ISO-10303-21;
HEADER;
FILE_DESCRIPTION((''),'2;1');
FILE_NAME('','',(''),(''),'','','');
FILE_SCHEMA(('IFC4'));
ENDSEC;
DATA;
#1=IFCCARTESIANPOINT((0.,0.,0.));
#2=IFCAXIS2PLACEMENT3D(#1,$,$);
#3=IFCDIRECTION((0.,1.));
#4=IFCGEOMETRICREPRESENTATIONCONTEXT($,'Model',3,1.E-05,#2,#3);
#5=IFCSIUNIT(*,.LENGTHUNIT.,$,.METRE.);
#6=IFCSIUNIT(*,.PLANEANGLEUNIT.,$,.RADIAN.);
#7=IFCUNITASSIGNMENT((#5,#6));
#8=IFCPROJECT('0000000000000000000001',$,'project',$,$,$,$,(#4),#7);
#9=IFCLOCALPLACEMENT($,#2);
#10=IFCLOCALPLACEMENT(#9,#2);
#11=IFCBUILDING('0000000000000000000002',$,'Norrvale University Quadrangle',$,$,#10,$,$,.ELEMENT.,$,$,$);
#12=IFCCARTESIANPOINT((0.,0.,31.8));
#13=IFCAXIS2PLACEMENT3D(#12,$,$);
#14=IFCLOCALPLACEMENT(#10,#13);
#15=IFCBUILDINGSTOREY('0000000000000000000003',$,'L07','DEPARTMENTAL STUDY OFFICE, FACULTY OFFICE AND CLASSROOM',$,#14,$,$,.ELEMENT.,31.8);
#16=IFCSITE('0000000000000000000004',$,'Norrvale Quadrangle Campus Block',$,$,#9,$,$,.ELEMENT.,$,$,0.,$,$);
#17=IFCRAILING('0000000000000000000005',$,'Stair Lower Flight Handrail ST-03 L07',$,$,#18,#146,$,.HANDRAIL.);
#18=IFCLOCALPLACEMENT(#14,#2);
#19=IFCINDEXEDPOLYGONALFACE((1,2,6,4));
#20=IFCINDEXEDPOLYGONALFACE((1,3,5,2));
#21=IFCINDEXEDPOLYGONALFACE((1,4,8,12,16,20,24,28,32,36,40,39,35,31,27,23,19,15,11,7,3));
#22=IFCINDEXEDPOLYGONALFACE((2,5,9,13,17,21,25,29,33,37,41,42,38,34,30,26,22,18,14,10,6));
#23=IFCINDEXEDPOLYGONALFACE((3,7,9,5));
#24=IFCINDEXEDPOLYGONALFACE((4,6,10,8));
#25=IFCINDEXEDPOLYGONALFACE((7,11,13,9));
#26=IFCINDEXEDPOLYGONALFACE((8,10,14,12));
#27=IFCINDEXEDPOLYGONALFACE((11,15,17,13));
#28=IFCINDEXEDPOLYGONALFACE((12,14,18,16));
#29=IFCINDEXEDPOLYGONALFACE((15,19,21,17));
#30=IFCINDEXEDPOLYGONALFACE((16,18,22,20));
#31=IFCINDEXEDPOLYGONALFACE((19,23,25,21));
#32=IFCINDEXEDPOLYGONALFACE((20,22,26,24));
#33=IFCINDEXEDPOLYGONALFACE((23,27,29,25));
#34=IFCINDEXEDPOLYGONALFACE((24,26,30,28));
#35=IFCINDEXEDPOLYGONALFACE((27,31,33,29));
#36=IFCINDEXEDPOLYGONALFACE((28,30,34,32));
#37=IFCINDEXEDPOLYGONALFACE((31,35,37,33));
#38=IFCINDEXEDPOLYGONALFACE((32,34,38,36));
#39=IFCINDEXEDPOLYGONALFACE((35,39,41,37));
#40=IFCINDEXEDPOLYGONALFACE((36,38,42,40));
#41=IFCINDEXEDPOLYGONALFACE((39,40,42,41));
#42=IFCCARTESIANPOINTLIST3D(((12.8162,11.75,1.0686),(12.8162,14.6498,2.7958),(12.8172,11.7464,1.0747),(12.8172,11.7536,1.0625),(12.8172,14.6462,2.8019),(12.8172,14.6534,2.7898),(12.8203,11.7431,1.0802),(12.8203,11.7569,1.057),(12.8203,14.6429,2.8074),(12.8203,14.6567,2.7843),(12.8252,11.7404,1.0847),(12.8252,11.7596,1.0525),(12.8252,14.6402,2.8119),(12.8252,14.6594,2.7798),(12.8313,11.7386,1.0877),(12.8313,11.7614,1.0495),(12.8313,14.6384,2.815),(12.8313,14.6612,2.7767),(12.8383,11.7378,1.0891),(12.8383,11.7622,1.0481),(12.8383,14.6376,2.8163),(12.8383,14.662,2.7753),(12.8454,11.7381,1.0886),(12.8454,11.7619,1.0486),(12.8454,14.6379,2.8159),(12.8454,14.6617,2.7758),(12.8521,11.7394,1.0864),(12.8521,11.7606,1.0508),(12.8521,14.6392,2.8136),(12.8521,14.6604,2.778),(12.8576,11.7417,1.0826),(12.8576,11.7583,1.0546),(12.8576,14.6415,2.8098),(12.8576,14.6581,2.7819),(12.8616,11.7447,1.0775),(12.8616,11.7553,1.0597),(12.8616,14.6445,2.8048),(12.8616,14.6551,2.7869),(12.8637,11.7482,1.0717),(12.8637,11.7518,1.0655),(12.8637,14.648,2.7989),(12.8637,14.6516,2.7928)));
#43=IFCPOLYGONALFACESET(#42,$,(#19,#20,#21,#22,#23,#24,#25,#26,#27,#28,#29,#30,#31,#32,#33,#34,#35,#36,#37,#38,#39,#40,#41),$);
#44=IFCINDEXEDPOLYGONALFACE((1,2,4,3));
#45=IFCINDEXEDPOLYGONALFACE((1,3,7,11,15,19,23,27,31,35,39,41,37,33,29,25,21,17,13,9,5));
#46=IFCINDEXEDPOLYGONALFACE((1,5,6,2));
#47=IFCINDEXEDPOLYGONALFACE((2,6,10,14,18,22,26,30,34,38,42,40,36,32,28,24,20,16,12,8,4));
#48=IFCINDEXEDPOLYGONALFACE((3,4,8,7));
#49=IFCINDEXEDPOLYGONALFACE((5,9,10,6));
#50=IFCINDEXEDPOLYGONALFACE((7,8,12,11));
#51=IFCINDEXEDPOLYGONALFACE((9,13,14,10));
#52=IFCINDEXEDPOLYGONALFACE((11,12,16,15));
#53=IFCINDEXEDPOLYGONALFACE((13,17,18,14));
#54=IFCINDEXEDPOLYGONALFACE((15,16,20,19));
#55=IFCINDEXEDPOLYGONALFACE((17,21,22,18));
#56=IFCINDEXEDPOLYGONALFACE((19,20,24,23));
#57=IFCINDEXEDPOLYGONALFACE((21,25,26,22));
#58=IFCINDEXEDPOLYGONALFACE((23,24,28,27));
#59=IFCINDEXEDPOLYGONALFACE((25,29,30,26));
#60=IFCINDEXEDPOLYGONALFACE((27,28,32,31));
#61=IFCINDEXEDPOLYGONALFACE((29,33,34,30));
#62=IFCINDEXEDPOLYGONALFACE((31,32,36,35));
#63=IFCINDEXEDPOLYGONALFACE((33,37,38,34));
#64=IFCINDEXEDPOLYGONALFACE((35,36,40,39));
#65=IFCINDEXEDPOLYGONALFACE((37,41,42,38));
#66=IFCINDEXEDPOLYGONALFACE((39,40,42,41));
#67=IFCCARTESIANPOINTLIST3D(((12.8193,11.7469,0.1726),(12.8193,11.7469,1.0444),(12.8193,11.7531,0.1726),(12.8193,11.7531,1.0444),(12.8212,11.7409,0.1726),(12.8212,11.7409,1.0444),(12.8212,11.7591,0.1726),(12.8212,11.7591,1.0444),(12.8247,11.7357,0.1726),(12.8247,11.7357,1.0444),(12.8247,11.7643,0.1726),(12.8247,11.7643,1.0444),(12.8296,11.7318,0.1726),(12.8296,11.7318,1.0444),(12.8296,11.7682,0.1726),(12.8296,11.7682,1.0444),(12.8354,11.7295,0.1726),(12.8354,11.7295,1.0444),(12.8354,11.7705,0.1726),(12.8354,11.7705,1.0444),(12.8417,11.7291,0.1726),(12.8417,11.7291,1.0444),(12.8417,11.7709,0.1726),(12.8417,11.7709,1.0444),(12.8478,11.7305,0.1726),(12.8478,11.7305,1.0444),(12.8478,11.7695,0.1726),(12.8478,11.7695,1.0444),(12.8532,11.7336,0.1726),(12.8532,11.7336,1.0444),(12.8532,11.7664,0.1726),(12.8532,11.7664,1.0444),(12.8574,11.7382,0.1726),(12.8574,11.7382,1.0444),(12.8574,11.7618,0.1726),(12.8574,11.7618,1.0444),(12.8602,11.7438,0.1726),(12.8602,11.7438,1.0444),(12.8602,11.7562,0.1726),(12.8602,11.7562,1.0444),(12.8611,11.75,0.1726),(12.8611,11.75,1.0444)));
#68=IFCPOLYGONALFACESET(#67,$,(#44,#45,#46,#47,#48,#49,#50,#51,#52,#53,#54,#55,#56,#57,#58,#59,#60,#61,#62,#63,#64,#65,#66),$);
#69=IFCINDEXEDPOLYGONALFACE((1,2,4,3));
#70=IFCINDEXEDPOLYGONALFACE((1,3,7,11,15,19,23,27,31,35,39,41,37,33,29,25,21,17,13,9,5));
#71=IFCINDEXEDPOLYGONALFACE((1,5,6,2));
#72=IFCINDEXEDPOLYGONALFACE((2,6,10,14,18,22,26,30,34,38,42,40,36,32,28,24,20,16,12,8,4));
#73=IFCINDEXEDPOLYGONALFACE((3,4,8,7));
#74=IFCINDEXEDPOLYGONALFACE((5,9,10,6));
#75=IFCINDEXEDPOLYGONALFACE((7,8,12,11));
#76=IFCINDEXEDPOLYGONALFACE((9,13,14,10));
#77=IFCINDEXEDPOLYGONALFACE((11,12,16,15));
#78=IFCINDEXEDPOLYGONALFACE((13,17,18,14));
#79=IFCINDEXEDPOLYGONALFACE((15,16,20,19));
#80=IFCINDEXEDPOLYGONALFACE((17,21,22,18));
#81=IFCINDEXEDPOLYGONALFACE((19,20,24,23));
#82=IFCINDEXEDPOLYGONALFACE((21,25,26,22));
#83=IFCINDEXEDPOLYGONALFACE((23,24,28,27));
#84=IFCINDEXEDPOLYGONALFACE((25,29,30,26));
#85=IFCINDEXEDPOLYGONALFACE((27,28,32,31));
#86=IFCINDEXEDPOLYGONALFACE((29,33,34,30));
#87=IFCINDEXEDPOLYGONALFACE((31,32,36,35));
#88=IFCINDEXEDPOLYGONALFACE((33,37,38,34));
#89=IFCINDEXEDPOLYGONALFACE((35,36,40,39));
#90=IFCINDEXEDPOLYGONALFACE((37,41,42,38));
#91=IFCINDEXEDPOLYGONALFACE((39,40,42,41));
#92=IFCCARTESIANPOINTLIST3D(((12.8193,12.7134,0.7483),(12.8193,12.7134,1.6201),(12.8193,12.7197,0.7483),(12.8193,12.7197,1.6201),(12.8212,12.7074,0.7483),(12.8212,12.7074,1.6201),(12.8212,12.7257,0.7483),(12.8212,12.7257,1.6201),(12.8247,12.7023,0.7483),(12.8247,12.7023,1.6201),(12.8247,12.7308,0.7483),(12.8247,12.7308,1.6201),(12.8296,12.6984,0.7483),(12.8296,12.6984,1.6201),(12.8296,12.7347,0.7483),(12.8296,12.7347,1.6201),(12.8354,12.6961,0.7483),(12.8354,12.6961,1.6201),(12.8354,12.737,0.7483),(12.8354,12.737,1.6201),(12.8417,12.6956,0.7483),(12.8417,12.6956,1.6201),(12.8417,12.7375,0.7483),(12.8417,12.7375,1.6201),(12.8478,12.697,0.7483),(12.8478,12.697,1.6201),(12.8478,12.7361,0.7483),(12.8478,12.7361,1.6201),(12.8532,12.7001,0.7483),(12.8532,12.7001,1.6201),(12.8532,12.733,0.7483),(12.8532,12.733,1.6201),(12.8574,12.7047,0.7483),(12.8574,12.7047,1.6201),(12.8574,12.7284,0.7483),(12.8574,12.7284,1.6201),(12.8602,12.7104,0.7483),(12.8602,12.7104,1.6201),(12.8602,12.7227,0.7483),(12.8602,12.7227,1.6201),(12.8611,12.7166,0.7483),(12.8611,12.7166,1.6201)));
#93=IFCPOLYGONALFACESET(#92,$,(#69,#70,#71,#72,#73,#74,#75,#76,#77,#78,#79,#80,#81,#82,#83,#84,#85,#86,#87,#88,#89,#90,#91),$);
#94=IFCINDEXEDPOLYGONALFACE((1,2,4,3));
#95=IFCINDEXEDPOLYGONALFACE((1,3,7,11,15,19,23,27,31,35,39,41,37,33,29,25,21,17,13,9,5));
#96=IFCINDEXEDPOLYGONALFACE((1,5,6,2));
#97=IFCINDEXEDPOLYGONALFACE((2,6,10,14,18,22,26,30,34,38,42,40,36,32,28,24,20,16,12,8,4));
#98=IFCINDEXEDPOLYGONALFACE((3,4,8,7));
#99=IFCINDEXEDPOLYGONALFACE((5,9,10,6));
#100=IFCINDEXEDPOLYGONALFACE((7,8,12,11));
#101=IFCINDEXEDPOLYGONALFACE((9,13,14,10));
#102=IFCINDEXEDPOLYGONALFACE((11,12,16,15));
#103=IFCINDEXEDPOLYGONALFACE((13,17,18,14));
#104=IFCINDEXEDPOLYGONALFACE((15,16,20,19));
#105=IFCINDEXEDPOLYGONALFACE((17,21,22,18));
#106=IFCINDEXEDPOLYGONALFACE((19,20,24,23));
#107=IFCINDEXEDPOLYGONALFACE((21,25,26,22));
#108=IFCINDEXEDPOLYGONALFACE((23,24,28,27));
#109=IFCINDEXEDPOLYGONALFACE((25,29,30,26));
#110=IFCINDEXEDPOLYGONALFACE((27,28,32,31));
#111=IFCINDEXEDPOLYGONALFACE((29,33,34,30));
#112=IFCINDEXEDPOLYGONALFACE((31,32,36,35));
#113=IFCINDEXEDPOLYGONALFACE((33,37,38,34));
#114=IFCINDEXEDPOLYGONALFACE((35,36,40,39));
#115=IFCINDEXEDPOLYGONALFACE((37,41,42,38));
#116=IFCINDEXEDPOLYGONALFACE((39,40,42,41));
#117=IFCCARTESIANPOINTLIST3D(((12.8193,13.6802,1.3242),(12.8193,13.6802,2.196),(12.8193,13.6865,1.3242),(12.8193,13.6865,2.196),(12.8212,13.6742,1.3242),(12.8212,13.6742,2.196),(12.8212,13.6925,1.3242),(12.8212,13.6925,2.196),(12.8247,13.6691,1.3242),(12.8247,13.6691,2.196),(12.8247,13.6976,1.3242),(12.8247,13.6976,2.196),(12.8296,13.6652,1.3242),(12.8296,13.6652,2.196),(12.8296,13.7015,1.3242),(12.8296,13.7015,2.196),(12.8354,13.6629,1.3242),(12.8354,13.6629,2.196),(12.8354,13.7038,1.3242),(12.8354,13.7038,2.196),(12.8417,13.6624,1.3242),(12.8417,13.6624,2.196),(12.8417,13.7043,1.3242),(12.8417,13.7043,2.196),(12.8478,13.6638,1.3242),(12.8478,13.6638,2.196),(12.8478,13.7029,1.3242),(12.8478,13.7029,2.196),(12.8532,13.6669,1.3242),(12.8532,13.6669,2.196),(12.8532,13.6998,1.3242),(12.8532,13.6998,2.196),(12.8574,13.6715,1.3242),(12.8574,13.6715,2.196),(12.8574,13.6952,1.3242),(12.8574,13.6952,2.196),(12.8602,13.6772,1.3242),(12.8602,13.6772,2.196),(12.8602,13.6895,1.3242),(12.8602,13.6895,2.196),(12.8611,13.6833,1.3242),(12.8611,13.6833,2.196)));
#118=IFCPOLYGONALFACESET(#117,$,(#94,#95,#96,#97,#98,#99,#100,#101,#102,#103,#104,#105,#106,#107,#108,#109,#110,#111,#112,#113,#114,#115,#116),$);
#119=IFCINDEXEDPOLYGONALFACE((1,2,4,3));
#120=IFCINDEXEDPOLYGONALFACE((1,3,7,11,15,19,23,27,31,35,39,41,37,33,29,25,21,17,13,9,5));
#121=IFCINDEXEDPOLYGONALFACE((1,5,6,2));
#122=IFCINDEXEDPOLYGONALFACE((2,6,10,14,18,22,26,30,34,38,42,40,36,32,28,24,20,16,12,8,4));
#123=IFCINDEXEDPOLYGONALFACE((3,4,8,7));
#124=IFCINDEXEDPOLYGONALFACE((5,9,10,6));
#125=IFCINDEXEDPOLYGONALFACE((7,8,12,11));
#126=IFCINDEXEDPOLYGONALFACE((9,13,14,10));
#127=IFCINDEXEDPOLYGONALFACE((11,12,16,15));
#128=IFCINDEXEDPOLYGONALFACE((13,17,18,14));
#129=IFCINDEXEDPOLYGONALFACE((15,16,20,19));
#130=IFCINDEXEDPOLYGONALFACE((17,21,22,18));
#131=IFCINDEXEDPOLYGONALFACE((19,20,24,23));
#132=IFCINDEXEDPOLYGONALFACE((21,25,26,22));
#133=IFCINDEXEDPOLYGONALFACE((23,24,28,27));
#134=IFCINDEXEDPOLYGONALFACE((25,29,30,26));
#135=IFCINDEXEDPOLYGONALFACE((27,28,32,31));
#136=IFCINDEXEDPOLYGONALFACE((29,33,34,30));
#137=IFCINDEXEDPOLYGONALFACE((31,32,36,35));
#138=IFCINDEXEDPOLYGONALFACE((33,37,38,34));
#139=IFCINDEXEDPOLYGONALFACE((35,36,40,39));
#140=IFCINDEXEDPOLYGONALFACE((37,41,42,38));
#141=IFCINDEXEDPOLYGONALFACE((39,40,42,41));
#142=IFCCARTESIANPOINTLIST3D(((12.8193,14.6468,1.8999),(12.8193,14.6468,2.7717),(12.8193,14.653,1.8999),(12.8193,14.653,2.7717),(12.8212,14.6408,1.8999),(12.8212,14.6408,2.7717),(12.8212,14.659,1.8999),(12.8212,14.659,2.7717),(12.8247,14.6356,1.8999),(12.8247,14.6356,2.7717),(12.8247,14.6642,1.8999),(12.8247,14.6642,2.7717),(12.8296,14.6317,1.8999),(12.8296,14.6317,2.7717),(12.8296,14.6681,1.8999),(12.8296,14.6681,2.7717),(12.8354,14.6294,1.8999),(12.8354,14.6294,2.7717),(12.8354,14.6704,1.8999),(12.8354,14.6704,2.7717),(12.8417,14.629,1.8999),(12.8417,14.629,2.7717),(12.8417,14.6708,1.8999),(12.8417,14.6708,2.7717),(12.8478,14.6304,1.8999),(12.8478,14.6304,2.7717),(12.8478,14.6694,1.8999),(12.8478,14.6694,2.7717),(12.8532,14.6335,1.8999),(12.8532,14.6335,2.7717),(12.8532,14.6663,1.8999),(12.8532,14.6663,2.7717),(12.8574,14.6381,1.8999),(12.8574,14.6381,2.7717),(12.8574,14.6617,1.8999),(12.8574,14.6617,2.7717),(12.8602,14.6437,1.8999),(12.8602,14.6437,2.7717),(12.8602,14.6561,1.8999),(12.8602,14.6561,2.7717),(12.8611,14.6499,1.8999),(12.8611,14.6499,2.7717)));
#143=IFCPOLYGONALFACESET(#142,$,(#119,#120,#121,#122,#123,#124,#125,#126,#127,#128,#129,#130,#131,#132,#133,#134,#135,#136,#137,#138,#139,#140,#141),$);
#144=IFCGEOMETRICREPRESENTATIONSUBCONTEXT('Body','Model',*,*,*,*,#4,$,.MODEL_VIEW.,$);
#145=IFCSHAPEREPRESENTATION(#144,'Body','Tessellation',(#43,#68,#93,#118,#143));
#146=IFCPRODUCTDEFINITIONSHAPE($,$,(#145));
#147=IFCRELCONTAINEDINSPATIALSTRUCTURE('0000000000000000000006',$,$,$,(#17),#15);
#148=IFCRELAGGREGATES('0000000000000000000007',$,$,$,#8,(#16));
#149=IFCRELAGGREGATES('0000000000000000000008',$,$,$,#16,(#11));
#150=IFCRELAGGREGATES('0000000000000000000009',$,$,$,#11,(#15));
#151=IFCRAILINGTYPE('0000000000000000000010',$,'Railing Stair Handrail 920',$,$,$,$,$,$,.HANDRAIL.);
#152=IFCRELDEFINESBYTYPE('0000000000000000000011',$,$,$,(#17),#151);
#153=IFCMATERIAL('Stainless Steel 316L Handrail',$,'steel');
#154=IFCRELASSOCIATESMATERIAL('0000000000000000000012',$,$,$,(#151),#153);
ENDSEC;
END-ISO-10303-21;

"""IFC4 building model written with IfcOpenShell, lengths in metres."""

from ifc_helpers import new_model, si_unit, direction, frame, origin, origin_2d, place, context, subcontext, project, spatial, circle, extrude, material, type_object, element, save


model = new_model("IFC4")

# Units and contexts
model_context = context("Model", 3, precision=1e-05, world=origin(), true_north=direction((0.0, 1.0)))
body_context = subcontext(model_context, "Body", "Model", "MODEL_VIEW")
ifc_project = project(units=[si_unit("LENGTHUNIT", "METRE"), si_unit("PLANEANGLEUNIT", "RADIAN")], contexts=[model_context])

# Site, building, storey
site_placement = place(None, origin())
site = spatial("IfcSite", under=ifc_project, at=site_placement, Name="Norrvale Quadrangle Campus Block", CompositionType="ELEMENT", RefElevation=0.0)
building_placement = place(site_placement, origin())
building = spatial("IfcBuilding", under=site, at=building_placement, Name="Norrvale University Quadrangle", CompositionType="ELEMENT")
storey_placement = place(building_placement, frame((0.0, 0.0, 31.8)))
storey = spatial("IfcBuildingStorey", under=building, at=storey_placement, Name="L07", Description="DEPARTMENTAL STUDY OFFICE, FACULTY OFFICE AND CLASSROOM", CompositionType="ELEMENT", Elevation=31.8)

# Railing
ifc_material_1 = material(Name="Stainless Steel 316L Handrail", Category="steel")
railing_type_1 = type_object("IfcRailingType", Name="Railing Stair Handrail 920", PredefinedType="HANDRAIL", material=ifc_material_1)
railing_1_placement = place(storey_placement, frame((12.8401, 11.75, 0.1726)))
element("IfcRailing", 1, at=railing_1_placement, inside=storey, type_object=railing_type_1, Name="Stair Lower Flight Handrail ST-03 L07", PredefinedType="HANDRAIL", context=body_context, shape_type="SweptSolid", body=[
    extrude(circle(Radius=0.0239, at=origin_2d()), frame((0.0, 0.0, 0.896), z_axis=(0.0, 0.859141, 0.511738), x_axis=(-1.0, 0.0, 0.0)), (0.0, 0.0, 1.0), 3.3752),
    extrude(circle(Radius=0.021, at=origin_2d()), origin(), (0.0, 0.0, 1.0), 0.8718),
    extrude(circle(Radius=0.021, at=origin_2d()), frame((0.0, 0.9666, 0.5757)), (0.0, 0.0, 1.0), 0.8718),
    extrude(circle(Radius=0.021, at=origin_2d()), frame((0.0, 1.9333, 1.1516)), (0.0, 0.0, 1.0), 0.8718),
    extrude(circle(Radius=0.021, at=origin_2d()), frame((0.0, 2.8999, 1.7273)), (0.0, 0.0, 1.0), 0.8718),
])

save(model, "model.ifc")
